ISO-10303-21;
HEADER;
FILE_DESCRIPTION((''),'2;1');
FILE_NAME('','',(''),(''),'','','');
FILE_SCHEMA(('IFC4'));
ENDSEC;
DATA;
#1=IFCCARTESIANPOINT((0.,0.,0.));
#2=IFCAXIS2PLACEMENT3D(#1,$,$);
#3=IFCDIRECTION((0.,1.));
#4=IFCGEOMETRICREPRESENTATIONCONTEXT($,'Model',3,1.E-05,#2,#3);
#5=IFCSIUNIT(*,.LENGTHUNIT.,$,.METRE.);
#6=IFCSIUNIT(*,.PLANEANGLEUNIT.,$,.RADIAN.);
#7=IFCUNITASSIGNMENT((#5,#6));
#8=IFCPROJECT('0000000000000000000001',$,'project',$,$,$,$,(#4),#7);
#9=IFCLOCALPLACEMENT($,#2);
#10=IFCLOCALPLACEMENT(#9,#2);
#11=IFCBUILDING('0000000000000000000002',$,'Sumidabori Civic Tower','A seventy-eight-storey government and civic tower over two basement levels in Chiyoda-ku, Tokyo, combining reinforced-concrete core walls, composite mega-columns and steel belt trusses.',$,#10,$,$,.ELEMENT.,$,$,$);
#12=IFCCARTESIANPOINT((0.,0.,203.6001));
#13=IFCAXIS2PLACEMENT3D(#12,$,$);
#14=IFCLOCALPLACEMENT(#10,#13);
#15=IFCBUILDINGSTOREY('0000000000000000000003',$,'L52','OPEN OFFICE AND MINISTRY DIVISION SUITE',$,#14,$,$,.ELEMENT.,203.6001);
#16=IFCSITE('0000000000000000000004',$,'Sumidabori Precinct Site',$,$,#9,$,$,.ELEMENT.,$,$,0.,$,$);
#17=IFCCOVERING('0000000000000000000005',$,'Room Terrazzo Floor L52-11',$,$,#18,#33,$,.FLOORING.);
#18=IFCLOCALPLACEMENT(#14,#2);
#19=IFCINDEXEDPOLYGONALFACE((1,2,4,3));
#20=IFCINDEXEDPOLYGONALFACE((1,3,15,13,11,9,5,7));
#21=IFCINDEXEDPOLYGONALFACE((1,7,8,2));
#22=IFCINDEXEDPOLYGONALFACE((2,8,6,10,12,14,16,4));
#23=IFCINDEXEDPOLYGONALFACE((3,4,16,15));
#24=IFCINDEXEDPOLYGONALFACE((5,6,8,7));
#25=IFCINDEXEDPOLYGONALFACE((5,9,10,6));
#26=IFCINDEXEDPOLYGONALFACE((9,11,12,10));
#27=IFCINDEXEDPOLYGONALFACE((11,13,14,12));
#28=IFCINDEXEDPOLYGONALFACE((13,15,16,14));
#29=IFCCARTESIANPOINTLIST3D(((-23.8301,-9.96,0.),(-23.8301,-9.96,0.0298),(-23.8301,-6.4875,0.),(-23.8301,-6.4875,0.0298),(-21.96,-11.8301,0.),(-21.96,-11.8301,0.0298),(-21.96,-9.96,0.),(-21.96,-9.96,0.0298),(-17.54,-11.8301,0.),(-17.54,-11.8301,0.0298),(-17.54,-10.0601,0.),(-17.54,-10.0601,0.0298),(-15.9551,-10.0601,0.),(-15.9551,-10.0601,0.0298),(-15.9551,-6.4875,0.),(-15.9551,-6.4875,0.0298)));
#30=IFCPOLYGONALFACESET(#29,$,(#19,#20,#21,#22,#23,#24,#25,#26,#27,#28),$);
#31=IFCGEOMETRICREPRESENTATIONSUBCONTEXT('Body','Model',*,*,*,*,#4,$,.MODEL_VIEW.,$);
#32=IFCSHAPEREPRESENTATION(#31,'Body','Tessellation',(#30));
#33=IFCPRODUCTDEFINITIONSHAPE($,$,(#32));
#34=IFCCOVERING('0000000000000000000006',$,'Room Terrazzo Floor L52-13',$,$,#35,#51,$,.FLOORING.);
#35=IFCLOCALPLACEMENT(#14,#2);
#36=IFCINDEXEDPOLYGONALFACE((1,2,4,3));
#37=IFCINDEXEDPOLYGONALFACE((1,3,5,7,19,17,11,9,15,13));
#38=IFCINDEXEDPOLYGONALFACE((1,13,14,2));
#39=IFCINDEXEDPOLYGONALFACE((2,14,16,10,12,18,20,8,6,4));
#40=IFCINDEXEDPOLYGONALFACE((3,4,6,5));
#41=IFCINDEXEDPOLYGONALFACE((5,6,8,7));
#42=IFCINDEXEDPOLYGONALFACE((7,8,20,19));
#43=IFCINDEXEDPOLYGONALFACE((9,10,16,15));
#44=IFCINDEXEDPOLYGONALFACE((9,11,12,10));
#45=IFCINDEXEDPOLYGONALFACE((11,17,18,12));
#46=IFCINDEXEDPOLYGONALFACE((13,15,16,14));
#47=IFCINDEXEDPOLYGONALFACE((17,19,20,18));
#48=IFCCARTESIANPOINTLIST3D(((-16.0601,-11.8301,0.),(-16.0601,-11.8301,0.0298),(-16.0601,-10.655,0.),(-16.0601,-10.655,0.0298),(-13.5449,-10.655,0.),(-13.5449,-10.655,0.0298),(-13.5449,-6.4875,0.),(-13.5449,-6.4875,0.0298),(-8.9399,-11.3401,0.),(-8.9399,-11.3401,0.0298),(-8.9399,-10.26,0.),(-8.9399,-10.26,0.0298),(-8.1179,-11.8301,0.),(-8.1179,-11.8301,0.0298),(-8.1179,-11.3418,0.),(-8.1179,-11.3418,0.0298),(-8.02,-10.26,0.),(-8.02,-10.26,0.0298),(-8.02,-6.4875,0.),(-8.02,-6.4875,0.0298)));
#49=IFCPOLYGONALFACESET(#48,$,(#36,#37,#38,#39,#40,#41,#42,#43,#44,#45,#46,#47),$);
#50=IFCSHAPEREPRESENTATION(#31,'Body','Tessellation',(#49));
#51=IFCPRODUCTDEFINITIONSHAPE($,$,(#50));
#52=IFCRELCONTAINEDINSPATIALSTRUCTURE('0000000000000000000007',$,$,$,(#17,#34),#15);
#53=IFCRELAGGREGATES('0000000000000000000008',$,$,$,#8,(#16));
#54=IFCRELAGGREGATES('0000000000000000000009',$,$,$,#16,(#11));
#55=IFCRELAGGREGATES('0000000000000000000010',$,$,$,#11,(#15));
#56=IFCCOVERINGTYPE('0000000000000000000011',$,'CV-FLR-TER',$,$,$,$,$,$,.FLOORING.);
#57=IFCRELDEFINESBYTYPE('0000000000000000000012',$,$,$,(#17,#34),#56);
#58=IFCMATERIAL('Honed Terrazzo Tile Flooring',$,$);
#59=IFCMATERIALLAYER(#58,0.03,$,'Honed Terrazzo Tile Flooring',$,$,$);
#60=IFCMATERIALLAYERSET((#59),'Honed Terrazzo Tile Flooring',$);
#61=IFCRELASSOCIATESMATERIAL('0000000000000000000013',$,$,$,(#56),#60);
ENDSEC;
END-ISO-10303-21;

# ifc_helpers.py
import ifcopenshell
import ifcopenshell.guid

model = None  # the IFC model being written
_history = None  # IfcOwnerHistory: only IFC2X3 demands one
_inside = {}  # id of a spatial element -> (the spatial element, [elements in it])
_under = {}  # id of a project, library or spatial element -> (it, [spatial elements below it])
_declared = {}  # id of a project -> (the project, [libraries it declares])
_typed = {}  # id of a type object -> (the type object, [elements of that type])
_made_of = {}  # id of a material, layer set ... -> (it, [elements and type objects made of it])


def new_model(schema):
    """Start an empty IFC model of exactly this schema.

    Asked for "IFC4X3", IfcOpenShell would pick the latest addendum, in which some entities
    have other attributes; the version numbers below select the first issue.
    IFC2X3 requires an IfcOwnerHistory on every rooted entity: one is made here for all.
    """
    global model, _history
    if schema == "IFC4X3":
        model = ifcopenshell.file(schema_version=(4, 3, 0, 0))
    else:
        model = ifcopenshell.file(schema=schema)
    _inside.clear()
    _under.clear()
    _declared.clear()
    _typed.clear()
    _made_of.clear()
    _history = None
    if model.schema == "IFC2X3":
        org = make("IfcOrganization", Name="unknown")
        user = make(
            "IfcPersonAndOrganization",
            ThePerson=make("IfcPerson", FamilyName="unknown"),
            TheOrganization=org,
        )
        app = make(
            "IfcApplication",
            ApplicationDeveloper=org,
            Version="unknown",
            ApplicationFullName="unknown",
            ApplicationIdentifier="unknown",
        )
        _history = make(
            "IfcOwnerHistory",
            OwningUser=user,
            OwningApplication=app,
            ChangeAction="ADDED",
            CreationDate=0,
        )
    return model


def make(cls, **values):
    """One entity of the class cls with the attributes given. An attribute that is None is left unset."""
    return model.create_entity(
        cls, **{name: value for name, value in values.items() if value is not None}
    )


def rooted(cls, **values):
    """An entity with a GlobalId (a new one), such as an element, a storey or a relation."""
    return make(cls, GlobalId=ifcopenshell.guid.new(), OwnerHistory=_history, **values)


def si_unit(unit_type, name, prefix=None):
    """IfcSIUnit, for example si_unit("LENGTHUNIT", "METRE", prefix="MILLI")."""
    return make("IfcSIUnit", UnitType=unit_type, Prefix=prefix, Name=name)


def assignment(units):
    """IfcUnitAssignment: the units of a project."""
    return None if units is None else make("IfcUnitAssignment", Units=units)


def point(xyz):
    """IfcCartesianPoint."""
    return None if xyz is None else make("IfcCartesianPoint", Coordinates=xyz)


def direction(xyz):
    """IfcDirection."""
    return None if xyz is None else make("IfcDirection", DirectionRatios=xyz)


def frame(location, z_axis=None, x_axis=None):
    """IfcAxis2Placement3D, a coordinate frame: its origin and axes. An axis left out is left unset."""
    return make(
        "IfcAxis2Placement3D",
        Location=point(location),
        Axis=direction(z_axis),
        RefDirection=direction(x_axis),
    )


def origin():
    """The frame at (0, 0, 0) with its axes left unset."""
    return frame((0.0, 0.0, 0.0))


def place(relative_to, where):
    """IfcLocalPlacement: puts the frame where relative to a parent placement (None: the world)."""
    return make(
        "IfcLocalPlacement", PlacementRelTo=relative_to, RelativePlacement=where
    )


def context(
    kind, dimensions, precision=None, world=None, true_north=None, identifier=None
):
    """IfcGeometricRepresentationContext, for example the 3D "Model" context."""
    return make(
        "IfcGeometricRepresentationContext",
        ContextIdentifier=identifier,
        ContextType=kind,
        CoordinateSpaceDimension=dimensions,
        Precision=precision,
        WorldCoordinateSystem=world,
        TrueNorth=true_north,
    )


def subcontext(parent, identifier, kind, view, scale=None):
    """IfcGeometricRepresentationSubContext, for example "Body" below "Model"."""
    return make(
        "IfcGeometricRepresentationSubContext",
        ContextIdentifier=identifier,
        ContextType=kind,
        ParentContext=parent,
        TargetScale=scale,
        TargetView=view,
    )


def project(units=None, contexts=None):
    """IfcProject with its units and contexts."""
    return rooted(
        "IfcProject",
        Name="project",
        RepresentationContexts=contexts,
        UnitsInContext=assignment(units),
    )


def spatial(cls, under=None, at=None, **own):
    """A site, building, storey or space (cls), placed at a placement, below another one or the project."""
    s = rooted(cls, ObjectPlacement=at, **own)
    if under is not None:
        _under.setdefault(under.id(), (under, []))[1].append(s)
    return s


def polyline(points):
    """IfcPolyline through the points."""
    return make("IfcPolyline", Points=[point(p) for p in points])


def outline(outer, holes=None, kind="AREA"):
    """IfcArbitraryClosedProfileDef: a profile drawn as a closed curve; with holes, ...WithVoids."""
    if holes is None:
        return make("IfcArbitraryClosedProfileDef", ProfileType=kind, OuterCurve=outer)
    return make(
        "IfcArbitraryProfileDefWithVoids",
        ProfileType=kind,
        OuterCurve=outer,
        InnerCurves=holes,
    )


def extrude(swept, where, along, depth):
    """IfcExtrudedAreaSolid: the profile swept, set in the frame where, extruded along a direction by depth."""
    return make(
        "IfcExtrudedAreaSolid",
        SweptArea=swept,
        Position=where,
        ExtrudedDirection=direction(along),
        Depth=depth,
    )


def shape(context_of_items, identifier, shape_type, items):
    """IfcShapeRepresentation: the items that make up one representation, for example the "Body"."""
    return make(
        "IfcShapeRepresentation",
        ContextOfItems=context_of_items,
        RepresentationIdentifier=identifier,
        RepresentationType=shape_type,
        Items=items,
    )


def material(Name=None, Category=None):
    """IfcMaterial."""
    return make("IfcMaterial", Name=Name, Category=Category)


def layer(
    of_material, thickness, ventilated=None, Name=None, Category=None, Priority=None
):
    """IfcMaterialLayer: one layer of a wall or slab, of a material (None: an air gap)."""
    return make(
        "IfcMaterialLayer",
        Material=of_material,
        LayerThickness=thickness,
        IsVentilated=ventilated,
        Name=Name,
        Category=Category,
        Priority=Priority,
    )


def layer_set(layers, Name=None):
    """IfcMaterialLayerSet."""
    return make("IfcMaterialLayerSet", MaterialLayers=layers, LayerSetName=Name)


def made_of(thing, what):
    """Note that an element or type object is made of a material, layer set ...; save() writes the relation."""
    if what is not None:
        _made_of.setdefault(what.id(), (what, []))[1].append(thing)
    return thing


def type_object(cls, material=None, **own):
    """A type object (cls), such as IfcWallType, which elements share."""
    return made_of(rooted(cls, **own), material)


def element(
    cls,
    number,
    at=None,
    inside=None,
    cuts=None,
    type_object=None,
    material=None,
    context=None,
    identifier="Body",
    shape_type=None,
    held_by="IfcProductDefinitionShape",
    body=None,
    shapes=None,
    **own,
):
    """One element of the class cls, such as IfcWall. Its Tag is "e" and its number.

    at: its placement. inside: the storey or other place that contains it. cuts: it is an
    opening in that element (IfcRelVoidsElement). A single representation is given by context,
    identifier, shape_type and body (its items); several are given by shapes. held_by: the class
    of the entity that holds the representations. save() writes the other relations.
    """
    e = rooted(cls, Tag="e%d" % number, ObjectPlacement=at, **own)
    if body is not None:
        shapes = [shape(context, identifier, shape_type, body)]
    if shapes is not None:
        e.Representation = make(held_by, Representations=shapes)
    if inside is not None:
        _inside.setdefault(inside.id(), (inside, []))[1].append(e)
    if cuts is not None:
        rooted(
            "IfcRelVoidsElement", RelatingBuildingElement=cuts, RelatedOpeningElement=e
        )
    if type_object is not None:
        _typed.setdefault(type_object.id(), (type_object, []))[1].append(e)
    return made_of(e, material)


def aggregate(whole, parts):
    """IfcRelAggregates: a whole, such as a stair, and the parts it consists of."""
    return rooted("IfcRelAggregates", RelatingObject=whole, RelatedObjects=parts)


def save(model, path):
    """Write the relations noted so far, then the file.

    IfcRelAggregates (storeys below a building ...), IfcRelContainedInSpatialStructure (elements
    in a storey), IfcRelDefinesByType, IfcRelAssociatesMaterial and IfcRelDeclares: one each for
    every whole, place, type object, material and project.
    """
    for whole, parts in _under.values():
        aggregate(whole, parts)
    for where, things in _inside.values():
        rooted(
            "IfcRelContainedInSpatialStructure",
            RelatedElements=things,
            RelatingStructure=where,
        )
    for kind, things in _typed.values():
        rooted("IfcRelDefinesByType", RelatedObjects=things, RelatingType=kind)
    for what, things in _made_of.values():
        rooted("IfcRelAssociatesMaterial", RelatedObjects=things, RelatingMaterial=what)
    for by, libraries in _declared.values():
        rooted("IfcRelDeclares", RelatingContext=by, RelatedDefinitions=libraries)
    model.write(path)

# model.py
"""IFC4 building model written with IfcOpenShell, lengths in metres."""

from ifc_helpers import new_model, si_unit, direction, frame, origin, place, context, subcontext, project, spatial, polyline, outline, extrude, material, layer, layer_set, type_object, element, save


model = new_model("IFC4")

# Units and contexts
model_context = context("Model", 3, precision=1e-05, world=origin(), true_north=direction((0.0, 1.0)))
body_context = subcontext(model_context, "Body", "Model", "MODEL_VIEW")
ifc_project = project(units=[si_unit("LENGTHUNIT", "METRE"), si_unit("PLANEANGLEUNIT", "RADIAN")], contexts=[model_context])

# Site, building, storey
site_placement = place(None, origin())
site = spatial("IfcSite", under=ifc_project, at=site_placement, Name="Sumidabori Precinct Site", CompositionType="ELEMENT", RefElevation=0.0)
building_placement = place(site_placement, origin())
building = spatial("IfcBuilding", under=site, at=building_placement, Name="Sumidabori Civic Tower", Description="A seventy-eight-storey government and civic tower over two basement levels in Chiyoda-ku, Tokyo, combining reinforced-concrete core walls, composite mega-columns and steel belt trusses.", CompositionType="ELEMENT")
storey_placement = place(building_placement, frame((0.0, 0.0, 203.6001)))
storey = spatial("IfcBuildingStorey", under=building, at=storey_placement, Name="L52", Description="OPEN OFFICE AND MINISTRY DIVISION SUITE", CompositionType="ELEMENT", Elevation=203.6001)

# Coverings
ifc_material_1 = material(Name="Honed Terrazzo Tile Flooring")
ifc_layer_1 = layer(ifc_material_1, 0.03, Name="Honed Terrazzo Tile Flooring")
ifc_layer_set_1 = layer_set([ifc_layer_1], Name="Honed Terrazzo Tile Flooring")
covering_type_1 = type_object("IfcCoveringType", Name="CV-FLR-TER", PredefinedType="FLOORING", material=ifc_layer_set_1)
covering_1_placement = place(storey_placement, origin())
element("IfcCovering", 1, at=covering_1_placement, inside=storey, type_object=covering_type_1, Name="Room Terrazzo Floor L52-11", PredefinedType="FLOORING", context=body_context, shape_type="SweptSolid", body=[
    extrude(outline(polyline([(-23.8301, -6.4875), (-15.9551, -6.4875), (-15.9551, -10.0601), (-17.54, -10.0601), (-17.54, -11.8301), (-21.96, -11.8301), (-21.96, -9.96), (-23.8301, -9.96), (-23.8301, -6.4875)])), origin(), (0.0, 0.0, 1.0), 0.0298),
])
covering_2_placement = place(storey_placement, origin())
element("IfcCovering", 2, at=covering_2_placement, inside=storey, type_object=covering_type_1, Name="Room Terrazzo Floor L52-13", PredefinedType="FLOORING", context=body_context, shape_type="SweptSolid", body=[
    extrude(outline(polyline([(-16.0601, -10.655), (-13.5449, -10.655), (-13.5449, -6.4875), (-8.02, -6.4875), (-8.02, -10.26), (-8.9399, -10.26), (-8.9399, -11.3401), (-8.1179, -11.3418), (-8.1179, -11.8301), (-16.0601, -11.8301), (-16.0601, -10.655)])), origin(), (0.0, 0.0, 1.0), 0.0298),
])

save(model, "model.ifc")
